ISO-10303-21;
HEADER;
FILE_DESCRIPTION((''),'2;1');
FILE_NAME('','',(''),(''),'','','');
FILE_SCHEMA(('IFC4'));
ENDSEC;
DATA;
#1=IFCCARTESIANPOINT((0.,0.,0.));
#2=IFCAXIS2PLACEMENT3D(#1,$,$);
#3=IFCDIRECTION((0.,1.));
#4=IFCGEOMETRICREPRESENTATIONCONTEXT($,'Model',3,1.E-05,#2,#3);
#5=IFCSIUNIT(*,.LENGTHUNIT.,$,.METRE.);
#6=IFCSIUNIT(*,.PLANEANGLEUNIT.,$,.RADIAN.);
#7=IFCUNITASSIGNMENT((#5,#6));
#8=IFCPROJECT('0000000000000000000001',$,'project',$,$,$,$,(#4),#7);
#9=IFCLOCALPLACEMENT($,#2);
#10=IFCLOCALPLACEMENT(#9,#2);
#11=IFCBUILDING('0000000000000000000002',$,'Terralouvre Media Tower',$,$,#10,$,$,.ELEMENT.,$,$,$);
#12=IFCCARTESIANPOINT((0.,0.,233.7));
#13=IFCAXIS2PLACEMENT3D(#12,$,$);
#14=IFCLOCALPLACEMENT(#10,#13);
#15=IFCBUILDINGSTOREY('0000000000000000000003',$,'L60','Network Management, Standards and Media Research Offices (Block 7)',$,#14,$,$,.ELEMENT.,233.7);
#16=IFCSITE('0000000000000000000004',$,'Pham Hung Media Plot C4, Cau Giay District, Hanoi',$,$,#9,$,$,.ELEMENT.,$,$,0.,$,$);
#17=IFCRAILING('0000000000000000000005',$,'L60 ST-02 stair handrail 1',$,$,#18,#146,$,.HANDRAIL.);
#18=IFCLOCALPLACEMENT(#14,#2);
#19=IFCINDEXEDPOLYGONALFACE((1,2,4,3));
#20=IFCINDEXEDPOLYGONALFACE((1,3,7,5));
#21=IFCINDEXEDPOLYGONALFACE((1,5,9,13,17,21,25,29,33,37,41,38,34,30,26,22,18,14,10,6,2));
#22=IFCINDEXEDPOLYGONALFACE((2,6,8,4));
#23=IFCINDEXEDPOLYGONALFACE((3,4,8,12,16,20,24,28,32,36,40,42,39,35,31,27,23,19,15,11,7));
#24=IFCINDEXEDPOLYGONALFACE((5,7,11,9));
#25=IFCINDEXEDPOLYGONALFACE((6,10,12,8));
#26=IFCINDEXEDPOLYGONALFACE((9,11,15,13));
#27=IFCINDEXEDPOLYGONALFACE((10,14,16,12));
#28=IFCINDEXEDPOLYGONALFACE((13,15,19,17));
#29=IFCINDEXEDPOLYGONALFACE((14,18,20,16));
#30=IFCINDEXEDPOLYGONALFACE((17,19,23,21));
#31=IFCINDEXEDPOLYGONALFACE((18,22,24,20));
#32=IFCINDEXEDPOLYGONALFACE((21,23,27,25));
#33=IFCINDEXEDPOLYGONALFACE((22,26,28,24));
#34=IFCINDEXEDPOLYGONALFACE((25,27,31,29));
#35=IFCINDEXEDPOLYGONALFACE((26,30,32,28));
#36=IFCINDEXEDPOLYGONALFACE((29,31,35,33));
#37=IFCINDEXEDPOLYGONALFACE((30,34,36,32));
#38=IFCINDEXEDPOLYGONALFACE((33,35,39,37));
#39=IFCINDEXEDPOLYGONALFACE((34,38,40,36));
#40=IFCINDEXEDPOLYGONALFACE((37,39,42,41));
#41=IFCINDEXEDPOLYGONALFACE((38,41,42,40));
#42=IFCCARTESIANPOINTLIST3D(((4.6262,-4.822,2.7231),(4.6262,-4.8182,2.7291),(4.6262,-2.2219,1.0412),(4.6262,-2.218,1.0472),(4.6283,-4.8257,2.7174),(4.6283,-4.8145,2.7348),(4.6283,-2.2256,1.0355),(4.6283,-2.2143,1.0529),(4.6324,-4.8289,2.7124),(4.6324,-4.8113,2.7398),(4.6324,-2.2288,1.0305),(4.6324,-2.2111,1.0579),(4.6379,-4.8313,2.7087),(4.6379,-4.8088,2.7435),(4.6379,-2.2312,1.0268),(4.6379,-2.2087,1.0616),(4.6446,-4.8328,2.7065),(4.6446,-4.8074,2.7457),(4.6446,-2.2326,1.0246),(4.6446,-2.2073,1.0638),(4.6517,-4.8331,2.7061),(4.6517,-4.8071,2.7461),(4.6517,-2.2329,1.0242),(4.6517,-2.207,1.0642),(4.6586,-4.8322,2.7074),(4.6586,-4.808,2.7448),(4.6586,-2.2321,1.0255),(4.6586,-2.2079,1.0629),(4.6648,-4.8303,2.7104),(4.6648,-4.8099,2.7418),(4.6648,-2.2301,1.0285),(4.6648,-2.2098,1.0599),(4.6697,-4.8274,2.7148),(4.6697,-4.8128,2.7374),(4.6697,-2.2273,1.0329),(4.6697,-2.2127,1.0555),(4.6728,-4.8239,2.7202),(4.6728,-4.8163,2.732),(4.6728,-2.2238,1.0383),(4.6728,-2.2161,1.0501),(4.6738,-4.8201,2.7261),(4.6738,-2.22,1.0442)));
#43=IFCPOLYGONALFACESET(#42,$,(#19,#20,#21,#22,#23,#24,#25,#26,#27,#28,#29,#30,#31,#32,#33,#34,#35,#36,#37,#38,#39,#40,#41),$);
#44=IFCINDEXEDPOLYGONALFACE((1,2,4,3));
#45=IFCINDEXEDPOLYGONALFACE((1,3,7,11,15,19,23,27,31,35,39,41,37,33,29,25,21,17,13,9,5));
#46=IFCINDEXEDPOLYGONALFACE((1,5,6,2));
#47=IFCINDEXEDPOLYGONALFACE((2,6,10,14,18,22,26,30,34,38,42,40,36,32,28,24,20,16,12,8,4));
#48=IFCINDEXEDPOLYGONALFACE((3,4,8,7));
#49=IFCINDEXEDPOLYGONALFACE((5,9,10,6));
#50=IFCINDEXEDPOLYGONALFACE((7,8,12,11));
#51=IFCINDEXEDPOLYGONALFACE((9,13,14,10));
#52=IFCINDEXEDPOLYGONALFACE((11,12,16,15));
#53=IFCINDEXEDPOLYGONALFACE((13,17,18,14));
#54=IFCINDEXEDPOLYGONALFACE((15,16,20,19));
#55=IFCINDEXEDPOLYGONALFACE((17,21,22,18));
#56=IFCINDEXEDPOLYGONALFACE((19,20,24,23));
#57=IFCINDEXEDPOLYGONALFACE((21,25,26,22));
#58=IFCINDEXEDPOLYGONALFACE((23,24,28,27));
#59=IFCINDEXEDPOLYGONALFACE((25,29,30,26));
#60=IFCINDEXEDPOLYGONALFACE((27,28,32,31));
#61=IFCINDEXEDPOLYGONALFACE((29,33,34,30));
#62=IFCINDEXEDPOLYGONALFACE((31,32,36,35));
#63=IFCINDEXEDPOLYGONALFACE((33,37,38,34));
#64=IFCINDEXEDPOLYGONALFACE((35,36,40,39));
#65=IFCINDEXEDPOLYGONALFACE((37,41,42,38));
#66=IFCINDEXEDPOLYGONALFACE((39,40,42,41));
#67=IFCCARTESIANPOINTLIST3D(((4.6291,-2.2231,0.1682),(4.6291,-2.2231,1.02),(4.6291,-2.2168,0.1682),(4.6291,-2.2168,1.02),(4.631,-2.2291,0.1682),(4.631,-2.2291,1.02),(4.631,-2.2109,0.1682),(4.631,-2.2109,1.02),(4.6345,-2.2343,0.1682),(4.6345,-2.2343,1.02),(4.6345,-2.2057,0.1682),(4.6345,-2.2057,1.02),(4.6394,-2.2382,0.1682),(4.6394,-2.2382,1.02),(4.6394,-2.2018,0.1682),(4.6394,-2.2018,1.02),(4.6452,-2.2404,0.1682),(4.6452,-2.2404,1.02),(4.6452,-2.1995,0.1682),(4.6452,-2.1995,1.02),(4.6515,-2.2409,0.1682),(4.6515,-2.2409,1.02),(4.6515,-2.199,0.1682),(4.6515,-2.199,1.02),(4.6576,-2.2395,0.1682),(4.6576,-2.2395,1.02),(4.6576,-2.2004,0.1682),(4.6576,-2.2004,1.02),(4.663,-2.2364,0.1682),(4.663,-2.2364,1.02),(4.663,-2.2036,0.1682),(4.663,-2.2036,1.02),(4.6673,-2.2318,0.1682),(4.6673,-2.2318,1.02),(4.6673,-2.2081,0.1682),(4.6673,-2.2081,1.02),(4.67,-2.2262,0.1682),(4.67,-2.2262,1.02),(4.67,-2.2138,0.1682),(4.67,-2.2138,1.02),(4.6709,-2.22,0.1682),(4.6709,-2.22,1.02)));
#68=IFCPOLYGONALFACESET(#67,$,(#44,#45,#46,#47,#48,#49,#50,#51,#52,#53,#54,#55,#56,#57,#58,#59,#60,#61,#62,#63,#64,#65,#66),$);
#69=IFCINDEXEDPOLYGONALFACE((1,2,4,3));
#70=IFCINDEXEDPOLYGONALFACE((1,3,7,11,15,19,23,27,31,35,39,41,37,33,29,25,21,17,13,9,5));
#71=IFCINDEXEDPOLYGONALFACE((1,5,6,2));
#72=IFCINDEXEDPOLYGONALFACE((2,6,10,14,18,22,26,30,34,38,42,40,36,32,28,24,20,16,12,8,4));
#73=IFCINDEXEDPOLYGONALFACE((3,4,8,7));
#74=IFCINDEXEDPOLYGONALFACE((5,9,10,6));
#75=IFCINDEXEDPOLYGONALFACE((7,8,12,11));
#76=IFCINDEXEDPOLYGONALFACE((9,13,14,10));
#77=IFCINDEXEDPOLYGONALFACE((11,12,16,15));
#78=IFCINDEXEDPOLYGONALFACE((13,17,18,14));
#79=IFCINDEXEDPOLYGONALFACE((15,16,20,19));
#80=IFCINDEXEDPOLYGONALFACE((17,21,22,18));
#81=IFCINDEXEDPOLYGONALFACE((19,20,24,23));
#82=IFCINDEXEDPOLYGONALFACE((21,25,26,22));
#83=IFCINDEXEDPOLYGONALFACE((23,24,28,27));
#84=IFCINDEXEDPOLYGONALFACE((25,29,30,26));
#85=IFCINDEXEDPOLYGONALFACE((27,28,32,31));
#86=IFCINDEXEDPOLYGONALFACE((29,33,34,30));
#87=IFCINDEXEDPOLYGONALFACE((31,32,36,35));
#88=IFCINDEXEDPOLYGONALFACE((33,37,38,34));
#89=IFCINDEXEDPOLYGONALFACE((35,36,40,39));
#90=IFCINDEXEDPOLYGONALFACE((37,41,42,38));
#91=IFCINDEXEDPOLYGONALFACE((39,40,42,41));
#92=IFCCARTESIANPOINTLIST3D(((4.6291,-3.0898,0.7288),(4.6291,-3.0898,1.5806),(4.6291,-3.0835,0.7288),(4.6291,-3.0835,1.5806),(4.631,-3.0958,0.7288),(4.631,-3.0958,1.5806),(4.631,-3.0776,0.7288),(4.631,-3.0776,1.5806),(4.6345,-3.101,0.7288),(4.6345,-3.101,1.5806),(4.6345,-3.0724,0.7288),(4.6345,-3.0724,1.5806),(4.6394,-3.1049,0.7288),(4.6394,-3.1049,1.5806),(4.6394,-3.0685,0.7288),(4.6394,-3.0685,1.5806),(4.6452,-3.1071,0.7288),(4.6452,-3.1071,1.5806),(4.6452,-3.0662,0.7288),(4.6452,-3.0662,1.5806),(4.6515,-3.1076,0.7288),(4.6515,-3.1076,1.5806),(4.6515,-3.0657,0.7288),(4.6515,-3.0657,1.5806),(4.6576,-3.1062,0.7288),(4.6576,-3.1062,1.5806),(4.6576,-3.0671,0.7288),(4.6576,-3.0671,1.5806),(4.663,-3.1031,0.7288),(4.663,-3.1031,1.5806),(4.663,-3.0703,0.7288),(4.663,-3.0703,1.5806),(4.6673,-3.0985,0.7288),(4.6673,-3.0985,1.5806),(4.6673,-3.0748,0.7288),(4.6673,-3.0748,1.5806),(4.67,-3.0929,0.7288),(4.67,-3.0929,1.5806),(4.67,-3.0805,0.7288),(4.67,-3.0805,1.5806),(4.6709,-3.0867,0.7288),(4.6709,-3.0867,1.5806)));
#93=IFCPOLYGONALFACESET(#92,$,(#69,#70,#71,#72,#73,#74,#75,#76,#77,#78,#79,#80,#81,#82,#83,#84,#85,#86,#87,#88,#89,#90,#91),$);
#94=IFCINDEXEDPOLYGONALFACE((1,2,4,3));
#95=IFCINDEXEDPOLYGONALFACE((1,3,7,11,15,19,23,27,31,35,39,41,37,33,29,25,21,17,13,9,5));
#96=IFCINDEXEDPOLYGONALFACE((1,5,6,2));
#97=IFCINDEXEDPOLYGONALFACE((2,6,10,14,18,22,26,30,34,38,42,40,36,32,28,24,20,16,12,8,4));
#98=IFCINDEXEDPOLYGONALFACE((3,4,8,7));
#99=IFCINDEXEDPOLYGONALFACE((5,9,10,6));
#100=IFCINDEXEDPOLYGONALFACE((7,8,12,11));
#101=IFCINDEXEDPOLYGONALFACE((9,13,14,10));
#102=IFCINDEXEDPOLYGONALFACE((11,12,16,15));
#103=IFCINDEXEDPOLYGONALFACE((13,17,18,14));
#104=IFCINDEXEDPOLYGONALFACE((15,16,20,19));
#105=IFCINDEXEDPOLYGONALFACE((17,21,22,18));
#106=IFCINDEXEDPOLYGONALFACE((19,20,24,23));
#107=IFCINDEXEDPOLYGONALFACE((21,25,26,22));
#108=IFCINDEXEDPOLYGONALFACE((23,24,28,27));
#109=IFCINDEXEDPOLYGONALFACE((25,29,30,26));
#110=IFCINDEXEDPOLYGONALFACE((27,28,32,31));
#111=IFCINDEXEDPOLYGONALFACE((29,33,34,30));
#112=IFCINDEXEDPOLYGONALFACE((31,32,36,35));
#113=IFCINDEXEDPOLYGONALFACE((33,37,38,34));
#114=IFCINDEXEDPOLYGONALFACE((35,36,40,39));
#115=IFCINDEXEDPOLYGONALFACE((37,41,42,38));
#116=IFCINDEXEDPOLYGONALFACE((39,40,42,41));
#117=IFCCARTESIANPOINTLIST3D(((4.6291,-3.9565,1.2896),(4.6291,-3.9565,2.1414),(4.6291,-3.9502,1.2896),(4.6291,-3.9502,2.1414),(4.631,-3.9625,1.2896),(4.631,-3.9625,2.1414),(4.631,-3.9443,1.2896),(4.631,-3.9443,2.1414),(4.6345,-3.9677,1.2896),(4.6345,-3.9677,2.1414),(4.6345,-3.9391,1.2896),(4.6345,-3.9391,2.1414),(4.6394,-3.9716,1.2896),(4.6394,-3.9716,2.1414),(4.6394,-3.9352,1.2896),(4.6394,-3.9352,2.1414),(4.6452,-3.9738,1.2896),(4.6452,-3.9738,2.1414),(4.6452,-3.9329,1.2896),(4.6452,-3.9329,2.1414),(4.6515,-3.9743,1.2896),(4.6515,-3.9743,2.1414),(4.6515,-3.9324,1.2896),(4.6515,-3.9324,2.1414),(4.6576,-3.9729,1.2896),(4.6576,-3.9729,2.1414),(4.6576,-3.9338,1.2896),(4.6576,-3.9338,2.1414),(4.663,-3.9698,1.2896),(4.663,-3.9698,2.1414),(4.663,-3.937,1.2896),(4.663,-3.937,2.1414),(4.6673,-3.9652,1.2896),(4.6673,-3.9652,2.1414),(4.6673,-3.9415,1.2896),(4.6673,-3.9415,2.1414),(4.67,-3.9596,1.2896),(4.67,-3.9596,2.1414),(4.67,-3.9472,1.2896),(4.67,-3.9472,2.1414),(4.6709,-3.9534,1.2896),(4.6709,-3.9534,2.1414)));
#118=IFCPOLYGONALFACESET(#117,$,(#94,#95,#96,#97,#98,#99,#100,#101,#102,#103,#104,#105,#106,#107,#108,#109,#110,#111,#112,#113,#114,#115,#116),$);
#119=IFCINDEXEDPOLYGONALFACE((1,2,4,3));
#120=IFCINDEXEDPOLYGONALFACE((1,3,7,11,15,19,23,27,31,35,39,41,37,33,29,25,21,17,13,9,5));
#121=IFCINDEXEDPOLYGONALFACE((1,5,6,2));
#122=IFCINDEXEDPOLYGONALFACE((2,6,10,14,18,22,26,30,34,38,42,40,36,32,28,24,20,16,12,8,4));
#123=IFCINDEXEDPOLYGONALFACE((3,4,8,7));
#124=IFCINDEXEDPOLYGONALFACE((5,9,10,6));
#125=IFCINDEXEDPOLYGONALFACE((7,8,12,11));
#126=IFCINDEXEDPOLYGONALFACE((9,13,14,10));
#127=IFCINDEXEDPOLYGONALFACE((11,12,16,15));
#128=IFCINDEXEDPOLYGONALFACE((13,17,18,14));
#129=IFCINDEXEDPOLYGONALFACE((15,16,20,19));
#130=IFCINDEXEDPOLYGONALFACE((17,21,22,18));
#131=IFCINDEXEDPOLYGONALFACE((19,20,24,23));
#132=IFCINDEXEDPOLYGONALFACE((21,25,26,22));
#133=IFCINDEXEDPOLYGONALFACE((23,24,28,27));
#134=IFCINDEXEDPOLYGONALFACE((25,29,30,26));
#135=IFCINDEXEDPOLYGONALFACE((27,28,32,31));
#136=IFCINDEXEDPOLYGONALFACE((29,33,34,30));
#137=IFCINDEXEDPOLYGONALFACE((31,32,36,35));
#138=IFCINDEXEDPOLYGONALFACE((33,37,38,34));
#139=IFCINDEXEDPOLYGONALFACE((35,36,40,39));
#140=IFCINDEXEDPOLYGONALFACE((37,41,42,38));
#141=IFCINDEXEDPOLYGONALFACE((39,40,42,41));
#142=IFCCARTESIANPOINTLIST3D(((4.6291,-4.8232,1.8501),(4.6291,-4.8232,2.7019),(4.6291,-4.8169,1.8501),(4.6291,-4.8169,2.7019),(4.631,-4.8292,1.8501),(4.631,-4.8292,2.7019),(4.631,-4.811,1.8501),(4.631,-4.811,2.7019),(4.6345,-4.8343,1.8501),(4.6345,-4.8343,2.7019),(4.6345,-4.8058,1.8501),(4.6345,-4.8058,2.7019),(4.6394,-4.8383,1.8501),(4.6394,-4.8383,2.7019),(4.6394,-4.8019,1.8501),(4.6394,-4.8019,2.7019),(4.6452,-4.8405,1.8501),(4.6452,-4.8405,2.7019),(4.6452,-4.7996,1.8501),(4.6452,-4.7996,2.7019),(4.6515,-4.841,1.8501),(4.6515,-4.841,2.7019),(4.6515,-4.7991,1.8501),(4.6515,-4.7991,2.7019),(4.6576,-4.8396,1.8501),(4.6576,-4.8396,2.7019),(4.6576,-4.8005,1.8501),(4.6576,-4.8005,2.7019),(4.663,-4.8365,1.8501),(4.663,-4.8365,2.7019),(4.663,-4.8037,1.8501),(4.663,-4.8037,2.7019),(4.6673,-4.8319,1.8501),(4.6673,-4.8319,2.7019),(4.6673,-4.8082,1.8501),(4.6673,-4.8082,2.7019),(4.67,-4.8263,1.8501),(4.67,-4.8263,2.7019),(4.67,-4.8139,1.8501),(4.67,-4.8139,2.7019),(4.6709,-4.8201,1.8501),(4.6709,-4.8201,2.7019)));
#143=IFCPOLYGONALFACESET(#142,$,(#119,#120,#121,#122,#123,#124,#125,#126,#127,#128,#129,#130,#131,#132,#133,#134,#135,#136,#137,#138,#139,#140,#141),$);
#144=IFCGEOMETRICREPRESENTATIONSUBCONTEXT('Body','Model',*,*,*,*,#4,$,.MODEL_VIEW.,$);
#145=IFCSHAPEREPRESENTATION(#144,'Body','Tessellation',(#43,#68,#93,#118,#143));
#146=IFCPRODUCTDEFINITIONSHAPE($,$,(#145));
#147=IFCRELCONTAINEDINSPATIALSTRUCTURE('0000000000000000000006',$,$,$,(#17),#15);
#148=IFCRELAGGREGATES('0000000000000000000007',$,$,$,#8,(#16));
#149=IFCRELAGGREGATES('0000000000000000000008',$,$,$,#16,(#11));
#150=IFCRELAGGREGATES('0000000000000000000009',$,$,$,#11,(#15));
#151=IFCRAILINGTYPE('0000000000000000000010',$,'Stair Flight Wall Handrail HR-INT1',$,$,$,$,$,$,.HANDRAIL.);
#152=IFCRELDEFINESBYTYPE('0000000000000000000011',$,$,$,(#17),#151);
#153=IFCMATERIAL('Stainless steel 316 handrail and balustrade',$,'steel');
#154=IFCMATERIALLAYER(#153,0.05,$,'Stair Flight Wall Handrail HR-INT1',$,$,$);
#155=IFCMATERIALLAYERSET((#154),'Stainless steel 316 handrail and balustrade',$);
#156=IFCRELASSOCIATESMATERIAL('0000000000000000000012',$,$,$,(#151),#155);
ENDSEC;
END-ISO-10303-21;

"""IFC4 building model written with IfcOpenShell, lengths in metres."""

from ifc_helpers import new_model, si_unit, direction, frame, origin, origin_2d, place, context, subcontext, project, spatial, circle, extrude, material, layer, layer_set, type_object, element, save


model = new_model("IFC4")

# Units and contexts
model_context = context("Model", 3, precision=1e-05, world=origin(), true_north=direction((0.0, 1.0)))
body_context = subcontext(model_context, "Body", "Model", "MODEL_VIEW")
ifc_project = project(units=[si_unit("LENGTHUNIT", "METRE"), si_unit("PLANEANGLEUNIT", "RADIAN")], contexts=[model_context])

# Site, building, storey
site_placement = place(None, origin())
site = spatial("IfcSite", under=ifc_project, at=site_placement, Name="Pham Hung Media Plot C4, Cau Giay District, Hanoi", CompositionType="ELEMENT", RefElevation=0.0)
building_placement = place(site_placement, origin())
building = spatial("IfcBuilding", under=site, at=building_placement, Name="Terralouvre Media Tower", CompositionType="ELEMENT")
storey_placement = place(building_placement, frame((0.0, 0.0, 233.7)))
storey = spatial("IfcBuildingStorey", under=building, at=storey_placement, Name="L60", Description="Network Management, Standards and Media Research Offices (Block 7)", CompositionType="ELEMENT", Elevation=233.7)

# Railing
ifc_material_1 = material(Name="Stainless steel 316 handrail and balustrade", Category="steel")
ifc_layer_1 = layer(ifc_material_1, 0.05, Name="Stair Flight Wall Handrail HR-INT1")
ifc_layer_set_1 = layer_set([ifc_layer_1], Name="Stainless steel 316 handrail and balustrade")
railing_type_1 = type_object("IfcRailingType", Name="Stair Flight Wall Handrail HR-INT1", PredefinedType="HANDRAIL", material=ifc_layer_set_1)
railing_1_placement = place(storey_placement, frame((4.6499, -2.22, 0.1682)))
element("IfcRailing", 1, at=railing_1_placement, inside=storey, type_object=railing_type_1, Name="L60 ST-02 stair handrail 1", PredefinedType="HANDRAIL", context=body_context, shape_type="SweptSolid", body=[
    extrude(circle(Radius=0.0239, at=origin_2d()), frame((0.0, 0.0, 0.876), z_axis=(0.0, -0.839648, 0.54313), x_axis=(1.0, 0.0, 0.0)), (0.0, 0.0, 1.0), 3.0967),
    extrude(circle(Radius=0.021, at=origin_2d()), origin(), (0.0, 0.0, 1.0), 0.8518),
    extrude(circle(Radius=0.021, at=origin_2d()), frame((0.0, -0.8667, 0.5605)), (0.0, 0.0, 1.0), 0.8518),
    extrude(circle(Radius=0.021, at=origin_2d()), frame((0.0, -1.7334, 1.1213)), (0.0, 0.0, 1.0), 0.8518),
    extrude(circle(Radius=0.021, at=origin_2d()), frame((0.0, -2.6001, 1.6819)), (0.0, 0.0, 1.0), 0.8518),
])

save(model, "model.ifc")
